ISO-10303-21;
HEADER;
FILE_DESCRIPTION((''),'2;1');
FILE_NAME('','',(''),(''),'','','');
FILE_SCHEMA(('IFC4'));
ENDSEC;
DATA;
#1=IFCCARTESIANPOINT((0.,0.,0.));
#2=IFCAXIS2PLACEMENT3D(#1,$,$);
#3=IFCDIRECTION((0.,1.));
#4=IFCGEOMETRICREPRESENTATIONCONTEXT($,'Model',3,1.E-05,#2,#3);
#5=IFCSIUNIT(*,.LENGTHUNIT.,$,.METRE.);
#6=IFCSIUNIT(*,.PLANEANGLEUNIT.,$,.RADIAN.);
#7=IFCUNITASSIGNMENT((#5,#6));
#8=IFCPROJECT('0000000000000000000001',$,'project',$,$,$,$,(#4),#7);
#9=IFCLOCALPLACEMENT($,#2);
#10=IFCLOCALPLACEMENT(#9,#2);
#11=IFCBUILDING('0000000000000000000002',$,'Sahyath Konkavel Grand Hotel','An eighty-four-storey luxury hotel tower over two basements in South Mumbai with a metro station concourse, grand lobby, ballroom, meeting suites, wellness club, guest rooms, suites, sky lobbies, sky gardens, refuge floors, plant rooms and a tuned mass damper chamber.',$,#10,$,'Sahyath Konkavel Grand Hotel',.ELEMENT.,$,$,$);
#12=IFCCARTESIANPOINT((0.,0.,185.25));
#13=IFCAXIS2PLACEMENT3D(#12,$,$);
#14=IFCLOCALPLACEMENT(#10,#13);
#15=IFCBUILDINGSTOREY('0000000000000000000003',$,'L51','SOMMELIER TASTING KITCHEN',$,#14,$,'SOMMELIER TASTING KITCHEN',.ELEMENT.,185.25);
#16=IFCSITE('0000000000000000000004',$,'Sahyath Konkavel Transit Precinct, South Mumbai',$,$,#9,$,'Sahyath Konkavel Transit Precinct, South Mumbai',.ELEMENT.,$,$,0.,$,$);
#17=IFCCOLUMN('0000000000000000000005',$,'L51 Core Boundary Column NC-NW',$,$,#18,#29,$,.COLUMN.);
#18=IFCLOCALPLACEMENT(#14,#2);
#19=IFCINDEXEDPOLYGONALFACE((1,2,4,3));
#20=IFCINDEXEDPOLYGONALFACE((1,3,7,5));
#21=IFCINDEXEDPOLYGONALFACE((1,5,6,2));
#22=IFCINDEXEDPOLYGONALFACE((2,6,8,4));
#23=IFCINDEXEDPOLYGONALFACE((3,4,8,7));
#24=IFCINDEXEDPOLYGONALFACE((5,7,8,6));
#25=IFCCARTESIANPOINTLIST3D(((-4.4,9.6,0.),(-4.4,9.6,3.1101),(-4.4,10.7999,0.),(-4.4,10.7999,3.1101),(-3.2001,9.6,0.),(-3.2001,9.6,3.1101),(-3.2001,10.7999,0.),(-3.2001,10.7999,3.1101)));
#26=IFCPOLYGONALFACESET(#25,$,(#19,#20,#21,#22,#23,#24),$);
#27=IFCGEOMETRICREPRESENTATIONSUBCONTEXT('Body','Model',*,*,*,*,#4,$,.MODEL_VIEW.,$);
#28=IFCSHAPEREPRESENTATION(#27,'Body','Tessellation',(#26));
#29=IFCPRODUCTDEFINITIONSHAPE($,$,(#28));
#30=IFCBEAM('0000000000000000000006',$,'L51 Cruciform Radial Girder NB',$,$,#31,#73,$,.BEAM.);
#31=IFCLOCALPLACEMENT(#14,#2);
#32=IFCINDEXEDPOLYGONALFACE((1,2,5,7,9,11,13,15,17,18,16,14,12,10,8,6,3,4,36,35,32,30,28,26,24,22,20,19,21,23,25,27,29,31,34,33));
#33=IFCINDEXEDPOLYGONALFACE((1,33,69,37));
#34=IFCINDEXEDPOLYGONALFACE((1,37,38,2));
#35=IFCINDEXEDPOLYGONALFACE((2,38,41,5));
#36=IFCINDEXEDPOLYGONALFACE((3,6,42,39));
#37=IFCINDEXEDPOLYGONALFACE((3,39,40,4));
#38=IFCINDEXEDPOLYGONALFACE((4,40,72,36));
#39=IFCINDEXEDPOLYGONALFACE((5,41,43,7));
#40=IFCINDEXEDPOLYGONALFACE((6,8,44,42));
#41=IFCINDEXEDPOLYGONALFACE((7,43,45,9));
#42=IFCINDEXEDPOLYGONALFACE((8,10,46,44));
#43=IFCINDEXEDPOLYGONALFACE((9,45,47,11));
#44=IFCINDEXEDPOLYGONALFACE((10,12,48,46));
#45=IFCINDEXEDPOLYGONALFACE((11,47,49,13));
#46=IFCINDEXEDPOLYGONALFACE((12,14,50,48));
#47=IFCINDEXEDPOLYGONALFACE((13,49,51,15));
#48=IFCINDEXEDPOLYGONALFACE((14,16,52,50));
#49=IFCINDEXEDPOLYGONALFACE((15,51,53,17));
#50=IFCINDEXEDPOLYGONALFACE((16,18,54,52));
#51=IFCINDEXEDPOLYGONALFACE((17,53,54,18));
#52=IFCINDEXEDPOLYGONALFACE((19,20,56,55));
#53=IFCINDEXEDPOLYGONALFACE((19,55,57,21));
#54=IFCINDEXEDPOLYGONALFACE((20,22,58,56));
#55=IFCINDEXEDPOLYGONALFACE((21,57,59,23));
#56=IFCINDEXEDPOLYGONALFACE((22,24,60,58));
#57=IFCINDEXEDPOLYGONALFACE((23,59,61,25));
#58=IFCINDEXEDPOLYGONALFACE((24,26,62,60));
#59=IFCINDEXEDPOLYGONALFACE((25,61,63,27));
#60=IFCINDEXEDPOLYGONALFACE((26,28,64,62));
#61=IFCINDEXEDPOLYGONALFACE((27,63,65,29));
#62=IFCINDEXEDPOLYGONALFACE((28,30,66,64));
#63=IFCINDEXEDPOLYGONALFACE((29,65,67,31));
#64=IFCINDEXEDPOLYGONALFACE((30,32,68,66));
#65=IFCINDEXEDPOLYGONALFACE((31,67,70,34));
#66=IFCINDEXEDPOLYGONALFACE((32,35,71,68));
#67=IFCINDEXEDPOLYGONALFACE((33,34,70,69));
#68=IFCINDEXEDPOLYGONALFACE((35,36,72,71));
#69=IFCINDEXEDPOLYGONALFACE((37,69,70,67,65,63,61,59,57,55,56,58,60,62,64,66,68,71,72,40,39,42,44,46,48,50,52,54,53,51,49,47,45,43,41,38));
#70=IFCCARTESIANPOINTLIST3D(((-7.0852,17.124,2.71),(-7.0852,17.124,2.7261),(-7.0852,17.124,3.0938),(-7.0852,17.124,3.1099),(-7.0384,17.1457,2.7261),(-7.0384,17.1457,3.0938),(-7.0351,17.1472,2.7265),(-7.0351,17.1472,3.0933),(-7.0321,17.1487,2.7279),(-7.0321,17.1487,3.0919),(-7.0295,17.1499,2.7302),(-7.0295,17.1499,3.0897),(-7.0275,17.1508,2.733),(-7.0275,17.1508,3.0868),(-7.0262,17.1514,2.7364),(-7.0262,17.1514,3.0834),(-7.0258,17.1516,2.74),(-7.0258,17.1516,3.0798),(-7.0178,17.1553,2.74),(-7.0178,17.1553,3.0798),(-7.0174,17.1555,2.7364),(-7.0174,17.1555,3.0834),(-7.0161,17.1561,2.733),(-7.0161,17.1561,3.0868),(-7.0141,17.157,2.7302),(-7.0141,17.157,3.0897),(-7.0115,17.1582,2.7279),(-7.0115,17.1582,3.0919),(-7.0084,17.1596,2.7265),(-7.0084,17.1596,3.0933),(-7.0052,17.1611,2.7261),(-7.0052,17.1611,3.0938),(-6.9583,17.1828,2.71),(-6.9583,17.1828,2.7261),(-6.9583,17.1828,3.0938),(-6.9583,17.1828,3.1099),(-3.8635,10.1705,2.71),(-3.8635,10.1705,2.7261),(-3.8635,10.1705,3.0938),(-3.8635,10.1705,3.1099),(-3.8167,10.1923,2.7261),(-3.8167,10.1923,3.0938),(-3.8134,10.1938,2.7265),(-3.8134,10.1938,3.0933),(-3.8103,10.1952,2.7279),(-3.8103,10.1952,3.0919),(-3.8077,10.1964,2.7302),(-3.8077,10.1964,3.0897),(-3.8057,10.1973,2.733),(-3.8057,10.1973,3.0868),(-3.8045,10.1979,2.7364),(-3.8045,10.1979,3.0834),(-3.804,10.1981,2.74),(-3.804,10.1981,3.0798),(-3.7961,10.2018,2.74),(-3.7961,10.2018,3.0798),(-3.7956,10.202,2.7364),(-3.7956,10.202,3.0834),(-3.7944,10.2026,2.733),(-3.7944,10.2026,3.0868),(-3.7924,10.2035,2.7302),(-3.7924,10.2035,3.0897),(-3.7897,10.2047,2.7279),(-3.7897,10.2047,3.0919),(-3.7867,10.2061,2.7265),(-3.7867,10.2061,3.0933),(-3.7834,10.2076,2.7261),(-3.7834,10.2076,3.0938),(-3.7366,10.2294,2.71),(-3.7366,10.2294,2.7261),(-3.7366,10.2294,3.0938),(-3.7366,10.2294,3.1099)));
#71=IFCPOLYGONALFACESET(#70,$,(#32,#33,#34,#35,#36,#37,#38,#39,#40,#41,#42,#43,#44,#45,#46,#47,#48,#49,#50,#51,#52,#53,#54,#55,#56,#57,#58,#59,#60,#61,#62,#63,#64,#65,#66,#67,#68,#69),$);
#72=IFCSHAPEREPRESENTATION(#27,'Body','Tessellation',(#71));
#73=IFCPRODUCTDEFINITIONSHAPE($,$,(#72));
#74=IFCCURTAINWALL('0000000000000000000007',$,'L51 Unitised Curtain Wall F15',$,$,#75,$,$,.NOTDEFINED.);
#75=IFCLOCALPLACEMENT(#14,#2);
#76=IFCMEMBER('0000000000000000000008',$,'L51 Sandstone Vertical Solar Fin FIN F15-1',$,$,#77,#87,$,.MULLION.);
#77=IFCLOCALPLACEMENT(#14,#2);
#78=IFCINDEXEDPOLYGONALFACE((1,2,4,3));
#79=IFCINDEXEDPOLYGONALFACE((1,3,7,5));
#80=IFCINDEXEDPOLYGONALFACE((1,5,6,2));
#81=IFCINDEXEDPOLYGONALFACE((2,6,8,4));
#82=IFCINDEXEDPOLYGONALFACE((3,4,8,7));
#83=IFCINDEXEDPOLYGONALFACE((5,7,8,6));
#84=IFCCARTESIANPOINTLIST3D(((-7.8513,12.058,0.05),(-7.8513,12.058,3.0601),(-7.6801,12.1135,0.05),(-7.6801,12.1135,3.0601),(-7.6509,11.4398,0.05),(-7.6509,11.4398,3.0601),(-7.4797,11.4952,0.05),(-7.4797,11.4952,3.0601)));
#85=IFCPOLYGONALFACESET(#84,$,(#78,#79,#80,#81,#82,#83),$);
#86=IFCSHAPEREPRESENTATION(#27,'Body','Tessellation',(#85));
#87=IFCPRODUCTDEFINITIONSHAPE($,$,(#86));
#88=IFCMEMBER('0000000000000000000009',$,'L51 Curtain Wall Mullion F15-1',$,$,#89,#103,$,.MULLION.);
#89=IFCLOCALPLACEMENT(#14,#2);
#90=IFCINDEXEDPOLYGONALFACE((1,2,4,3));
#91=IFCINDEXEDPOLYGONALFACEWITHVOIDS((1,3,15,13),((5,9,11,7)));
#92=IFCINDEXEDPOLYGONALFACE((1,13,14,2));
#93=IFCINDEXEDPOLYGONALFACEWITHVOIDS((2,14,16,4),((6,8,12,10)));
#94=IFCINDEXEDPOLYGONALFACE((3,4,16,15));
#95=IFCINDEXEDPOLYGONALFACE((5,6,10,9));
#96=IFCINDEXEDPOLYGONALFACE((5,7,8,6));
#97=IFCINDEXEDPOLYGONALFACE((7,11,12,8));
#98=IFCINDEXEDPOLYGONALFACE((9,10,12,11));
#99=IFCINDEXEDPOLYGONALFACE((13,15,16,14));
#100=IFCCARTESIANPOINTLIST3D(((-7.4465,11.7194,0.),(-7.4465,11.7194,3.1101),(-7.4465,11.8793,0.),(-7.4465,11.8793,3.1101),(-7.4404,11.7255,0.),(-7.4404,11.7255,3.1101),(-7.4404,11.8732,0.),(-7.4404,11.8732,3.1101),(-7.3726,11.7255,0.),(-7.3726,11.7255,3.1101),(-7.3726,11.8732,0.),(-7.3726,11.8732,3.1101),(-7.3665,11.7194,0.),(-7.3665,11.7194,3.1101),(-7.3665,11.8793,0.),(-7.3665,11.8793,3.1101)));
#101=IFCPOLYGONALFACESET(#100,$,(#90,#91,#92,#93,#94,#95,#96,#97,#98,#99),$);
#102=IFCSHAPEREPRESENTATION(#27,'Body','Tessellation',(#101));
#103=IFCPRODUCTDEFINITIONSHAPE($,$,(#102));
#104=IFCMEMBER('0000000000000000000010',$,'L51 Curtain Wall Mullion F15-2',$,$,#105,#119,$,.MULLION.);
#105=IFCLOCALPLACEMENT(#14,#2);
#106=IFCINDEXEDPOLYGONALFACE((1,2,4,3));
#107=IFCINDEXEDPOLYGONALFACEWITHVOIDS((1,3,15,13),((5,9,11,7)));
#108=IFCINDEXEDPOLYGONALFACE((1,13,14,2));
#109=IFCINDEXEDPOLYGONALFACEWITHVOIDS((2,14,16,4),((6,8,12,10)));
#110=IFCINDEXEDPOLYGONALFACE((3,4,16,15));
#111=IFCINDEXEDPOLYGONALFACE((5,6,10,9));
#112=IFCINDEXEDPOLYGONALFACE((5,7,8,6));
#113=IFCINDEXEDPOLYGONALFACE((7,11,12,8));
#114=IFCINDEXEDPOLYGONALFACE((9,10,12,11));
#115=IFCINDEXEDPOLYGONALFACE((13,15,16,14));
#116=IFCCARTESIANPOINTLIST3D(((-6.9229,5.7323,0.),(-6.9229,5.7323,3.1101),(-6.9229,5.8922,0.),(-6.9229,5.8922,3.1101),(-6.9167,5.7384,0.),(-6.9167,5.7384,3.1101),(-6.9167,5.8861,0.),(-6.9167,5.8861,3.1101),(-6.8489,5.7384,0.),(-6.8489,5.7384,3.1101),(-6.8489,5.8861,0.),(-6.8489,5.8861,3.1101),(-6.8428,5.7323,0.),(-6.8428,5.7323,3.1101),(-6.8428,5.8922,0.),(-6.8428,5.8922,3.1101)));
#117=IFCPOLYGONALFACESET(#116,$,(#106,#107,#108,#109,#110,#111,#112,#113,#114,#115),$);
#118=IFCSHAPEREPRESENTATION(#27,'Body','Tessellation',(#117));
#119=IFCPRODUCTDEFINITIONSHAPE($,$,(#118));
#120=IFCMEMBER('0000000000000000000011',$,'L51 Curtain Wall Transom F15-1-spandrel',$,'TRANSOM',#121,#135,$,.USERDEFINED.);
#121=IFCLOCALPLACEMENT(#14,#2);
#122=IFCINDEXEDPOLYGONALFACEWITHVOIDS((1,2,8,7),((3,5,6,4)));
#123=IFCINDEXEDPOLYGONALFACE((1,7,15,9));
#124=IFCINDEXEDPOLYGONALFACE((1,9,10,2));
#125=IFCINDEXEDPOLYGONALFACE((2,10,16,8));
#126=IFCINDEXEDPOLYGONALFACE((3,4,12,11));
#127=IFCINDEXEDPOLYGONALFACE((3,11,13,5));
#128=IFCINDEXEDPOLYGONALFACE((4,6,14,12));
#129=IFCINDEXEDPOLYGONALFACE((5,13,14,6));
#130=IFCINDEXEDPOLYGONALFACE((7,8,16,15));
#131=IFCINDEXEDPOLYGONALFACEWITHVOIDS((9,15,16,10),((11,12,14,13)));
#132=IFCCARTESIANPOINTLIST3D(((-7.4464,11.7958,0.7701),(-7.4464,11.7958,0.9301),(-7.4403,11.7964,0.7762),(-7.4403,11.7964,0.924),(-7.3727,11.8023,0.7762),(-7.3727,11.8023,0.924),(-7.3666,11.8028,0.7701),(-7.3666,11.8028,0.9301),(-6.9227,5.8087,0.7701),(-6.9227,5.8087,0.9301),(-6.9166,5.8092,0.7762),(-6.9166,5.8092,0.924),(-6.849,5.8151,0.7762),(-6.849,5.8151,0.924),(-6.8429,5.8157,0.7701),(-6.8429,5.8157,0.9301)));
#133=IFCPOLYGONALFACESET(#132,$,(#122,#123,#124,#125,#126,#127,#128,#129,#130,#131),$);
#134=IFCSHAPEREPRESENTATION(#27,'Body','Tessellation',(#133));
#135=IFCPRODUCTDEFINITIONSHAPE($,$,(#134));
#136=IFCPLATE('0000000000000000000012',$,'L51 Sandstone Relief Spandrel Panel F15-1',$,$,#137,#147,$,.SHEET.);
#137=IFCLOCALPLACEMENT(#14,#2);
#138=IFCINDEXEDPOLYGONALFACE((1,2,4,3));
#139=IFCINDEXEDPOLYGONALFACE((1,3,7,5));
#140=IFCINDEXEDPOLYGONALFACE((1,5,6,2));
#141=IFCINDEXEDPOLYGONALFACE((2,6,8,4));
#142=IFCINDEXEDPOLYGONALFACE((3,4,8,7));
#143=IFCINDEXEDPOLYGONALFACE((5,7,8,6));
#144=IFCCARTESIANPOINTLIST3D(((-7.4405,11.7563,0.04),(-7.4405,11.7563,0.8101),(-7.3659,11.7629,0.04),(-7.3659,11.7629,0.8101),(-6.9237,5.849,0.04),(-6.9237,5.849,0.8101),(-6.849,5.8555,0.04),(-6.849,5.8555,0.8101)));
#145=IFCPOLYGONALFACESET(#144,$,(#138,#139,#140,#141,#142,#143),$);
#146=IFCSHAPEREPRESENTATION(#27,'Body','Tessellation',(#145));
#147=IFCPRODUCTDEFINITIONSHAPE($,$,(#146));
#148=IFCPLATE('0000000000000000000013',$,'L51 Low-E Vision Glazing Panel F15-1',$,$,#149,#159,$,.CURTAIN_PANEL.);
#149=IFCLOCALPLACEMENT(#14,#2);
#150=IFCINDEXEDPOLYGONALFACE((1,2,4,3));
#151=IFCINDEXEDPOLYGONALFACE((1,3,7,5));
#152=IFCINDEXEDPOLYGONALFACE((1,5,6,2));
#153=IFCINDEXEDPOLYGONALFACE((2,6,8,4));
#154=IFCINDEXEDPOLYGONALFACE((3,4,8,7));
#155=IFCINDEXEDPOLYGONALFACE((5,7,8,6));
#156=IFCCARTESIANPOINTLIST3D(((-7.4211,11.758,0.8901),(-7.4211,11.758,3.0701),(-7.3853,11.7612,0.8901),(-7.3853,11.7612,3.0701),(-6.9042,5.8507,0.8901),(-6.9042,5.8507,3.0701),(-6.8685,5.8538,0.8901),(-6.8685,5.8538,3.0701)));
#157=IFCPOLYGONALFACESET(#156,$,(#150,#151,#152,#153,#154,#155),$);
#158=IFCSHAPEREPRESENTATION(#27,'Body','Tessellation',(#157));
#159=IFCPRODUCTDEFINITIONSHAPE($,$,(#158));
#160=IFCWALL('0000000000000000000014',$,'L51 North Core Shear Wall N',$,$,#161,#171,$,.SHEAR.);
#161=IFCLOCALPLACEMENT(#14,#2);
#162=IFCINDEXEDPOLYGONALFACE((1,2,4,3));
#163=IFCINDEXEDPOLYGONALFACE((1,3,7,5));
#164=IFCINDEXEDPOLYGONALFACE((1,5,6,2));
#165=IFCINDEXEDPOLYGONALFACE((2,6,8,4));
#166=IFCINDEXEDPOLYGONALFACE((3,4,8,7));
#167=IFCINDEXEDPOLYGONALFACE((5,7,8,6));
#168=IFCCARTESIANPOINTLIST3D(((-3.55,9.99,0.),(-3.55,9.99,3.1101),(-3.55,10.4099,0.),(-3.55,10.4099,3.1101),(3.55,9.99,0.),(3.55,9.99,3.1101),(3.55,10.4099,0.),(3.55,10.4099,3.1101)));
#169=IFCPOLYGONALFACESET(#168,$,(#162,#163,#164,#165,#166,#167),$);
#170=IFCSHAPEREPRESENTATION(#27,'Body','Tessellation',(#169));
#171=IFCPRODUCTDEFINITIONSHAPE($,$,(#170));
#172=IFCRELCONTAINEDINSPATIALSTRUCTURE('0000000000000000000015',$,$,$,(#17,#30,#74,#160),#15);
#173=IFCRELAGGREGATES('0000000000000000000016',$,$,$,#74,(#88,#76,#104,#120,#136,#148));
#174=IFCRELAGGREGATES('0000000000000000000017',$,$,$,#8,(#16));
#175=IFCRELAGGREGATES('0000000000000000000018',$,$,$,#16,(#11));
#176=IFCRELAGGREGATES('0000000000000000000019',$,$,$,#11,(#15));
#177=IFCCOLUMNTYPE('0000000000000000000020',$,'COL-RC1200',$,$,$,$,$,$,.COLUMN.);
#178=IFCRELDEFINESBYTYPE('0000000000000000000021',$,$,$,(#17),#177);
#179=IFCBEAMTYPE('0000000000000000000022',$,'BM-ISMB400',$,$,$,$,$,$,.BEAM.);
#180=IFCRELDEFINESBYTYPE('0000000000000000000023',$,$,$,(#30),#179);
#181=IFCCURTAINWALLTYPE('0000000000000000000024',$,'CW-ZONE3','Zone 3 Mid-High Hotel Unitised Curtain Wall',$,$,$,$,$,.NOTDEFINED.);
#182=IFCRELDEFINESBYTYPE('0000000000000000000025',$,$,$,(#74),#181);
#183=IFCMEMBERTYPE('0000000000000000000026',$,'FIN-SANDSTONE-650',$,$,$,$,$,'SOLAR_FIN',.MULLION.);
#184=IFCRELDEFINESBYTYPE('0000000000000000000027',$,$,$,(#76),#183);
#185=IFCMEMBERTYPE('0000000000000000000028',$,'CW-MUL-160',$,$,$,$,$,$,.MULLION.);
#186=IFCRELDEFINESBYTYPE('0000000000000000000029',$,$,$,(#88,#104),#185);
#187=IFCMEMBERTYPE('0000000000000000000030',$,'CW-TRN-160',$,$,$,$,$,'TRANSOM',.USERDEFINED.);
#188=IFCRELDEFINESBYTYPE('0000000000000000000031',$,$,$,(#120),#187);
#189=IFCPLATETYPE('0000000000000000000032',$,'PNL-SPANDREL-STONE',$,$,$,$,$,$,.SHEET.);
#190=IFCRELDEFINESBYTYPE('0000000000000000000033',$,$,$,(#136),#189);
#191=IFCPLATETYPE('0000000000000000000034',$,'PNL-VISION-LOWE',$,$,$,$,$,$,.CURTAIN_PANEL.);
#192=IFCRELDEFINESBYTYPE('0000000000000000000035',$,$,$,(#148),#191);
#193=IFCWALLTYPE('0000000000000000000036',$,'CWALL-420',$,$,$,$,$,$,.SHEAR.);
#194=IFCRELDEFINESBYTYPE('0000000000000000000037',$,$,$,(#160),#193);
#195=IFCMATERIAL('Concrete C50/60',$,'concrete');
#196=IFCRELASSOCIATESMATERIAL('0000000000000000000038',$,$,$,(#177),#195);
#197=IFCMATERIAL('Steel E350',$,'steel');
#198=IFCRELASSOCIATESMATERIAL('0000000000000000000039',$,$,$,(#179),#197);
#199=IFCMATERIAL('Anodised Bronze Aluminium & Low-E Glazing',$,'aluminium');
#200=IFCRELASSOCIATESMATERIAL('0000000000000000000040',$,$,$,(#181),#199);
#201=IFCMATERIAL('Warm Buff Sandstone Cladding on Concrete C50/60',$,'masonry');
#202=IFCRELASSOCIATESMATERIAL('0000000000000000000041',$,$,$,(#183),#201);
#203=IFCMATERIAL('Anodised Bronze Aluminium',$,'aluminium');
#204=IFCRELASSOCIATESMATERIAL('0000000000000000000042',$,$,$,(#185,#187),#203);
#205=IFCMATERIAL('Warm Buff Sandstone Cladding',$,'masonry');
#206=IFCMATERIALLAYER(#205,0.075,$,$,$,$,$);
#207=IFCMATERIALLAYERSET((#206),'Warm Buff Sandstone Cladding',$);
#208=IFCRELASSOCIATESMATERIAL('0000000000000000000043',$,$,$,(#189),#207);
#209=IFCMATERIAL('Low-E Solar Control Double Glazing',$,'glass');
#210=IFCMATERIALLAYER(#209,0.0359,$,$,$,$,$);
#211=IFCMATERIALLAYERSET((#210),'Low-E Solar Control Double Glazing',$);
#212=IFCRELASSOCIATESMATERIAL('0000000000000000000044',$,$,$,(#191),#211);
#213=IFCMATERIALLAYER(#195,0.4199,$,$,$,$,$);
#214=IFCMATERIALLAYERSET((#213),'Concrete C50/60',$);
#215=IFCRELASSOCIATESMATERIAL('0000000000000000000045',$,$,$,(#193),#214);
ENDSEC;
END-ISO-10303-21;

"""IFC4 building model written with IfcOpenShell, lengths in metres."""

from ifc_helpers import new_model, si_unit, direction, frame, frame_2d, origin, origin_2d, place, context, subcontext, project, spatial, rectangle, hollow_rectangle, i_section, extrude, source, transform, mapped, material, layer, layer_set, material_profile, profile_set, type_object, element, aggregate, save


model = new_model("IFC4")

# Units and contexts
model_context = context("Model", 3, precision=1e-05, world=origin(), true_north=direction((0.0, 1.0)))
body_context = subcontext(model_context, "Body", "Model", "MODEL_VIEW")
ifc_project = project(units=[si_unit("LENGTHUNIT", "METRE"), si_unit("PLANEANGLEUNIT", "RADIAN")], contexts=[model_context])

# Site, building, storey
site_placement = place(None, origin())
site = spatial("IfcSite", under=ifc_project, at=site_placement, Name="Sahyath Konkavel Transit Precinct, South Mumbai", LongName="Sahyath Konkavel Transit Precinct, South Mumbai", CompositionType="ELEMENT", RefElevation=0.0)
building_placement = place(site_placement, origin())
building = spatial("IfcBuilding", under=site, at=building_placement, Name="Sahyath Konkavel Grand Hotel", Description="An eighty-four-storey luxury hotel tower over two basements in South Mumbai with a metro station concourse, grand lobby, ballroom, meeting suites, wellness club, guest rooms, suites, sky lobbies, sky gardens, refuge floors, plant rooms and a tuned mass damper chamber.", LongName="Sahyath Konkavel Grand Hotel", CompositionType="ELEMENT")
storey_placement = place(building_placement, frame((0.0, 0.0, 185.25)))
storey = spatial("IfcBuildingStorey", under=building, at=storey_placement, Name="L51", Description="SOMMELIER TASTING KITCHEN", LongName="SOMMELIER TASTING KITCHEN", CompositionType="ELEMENT", Elevation=185.25)

# Column
ifc_material_1 = material(Name="Concrete C50/60", Category="concrete")
ifc_material_profile_1 = material_profile(ifc_material_1, rectangle(XDim=1.2, YDim=1.2, at=origin_2d()), Name="RC 1200x1200")
ifc_profile_set_1 = profile_set([ifc_material_profile_1], Name="Concrete C50/60")
column_type = type_object("IfcColumnType", Name="COL-RC1200", PredefinedType="COLUMN", material=ifc_profile_set_1)
shared_shape_1 = source(origin(), body_context, "Body", "SweptSolid", [
    extrude(rectangle(XDim=1.2, YDim=1.2, at=origin_2d()), origin(), (0.0, 0.0, 1.0), 3.1101),
])
column_placement = place(storey_placement, frame((-3.8, 10.2, 0.0), z_axis=(0.0, 0.0, 1.0), x_axis=(1.0, 0.0, 0.0)))
element("IfcColumn", 1, at=column_placement, inside=storey, type_object=column_type, Name="L51 Core Boundary Column NC-NW", PredefinedType="COLUMN", context=body_context, shape_type="MappedRepresentation", body=[
    mapped(shared_shape_1, transform((0.0, 0.0, 0.0), scale=1.0)),
])

# Beam
ifc_material_2 = material(Name="Steel E350", Category="steel")
ifc_material_profile_2 = material_profile(ifc_material_2, i_section(OverallWidth=0.1399, OverallDepth=0.3999, WebThickness=0.0088, FlangeThickness=0.0161, FilletRadius=0.0139, at=origin_2d()), Name="ISMB 400")
ifc_profile_set_2 = profile_set([ifc_material_profile_2], Name="Steel E350")
beam_type = type_object("IfcBeamType", Name="BM-ISMB400", PredefinedType="BEAM", material=ifc_profile_set_2)
shared_shape_2 = source(origin(), body_context, "Body", "SweptSolid", [
    extrude(i_section(OverallWidth=0.1399, OverallDepth=0.3999, WebThickness=0.0088, FlangeThickness=0.0161, FilletRadius=0.0139, at=origin_2d()), origin(), (0.0, 0.0, 1.0), 7.6636),
])
beam_placement = place(storey_placement, frame((-3.8, 10.2, 2.9099), z_axis=(-0.420395, 0.907341, 0.0), x_axis=(-0.907341, -0.420395, 0.0)))
element("IfcBeam", 2, at=beam_placement, inside=storey, type_object=beam_type, Name="L51 Cruciform Radial Girder NB", PredefinedType="BEAM", context=body_context, shape_type="MappedRepresentation", body=[
    mapped(shared_shape_2, transform((0.0, 0.0, 0.0), scale=1.0)),
])

# Curtain wall, members, plates
ifc_material_3 = material(Name="Anodised Bronze Aluminium & Low-E Glazing", Category="aluminium")
curtain_wall_type = type_object("IfcCurtainWallType", Name="CW-ZONE3", Description="Zone 3 Mid-High Hotel Unitised Curtain Wall", PredefinedType="NOTDEFINED", material=ifc_material_3)
curtain_wall_placement = place(storey_placement, origin())
curtain_wall = element("IfcCurtainWall", 3, at=curtain_wall_placement, inside=storey, type_object=curtain_wall_type, Name="L51 Unitised Curtain Wall F15", PredefinedType="NOTDEFINED")
ifc_material_4 = material(Name="Warm Buff Sandstone Cladding on Concrete C50/60", Category="masonry")
ifc_material_profile_3 = material_profile(ifc_material_4, rectangle(XDim=0.1799, YDim=0.6499, at=origin_2d()), Name="FIN 180x650")
ifc_profile_set_3 = profile_set([ifc_material_profile_3], Name="Warm Buff Sandstone Cladding on Concrete C50/60")
member_type_1 = type_object("IfcMemberType", Name="FIN-SANDSTONE-650", ElementType="SOLAR_FIN", PredefinedType="MULLION", material=ifc_profile_set_3)
shared_shape_3 = source(origin(), body_context, "Body", "SweptSolid", [
    extrude(rectangle(XDim=0.1799, YDim=0.6499, at=origin_2d()), origin(), (0.0, 0.0, 1.0), 3.01),
])
member_1_placement = place(storey_placement, frame((-7.6655, 11.7766, 0.05), z_axis=(0.0, 0.0, 1.0), x_axis=(0.951272, 0.308353, 0.0)))
member_1 = element("IfcMember", 4, at=member_1_placement, type_object=member_type_1, Name="L51 Sandstone Vertical Solar Fin FIN F15-1", PredefinedType="MULLION", context=body_context, shape_type="MappedRepresentation", body=[
    mapped(shared_shape_3, transform((0.0, 0.0, 0.0), scale=1.0)),
])
ifc_material_5 = material(Name="Anodised Bronze Aluminium", Category="aluminium")
ifc_material_profile_4 = material_profile(ifc_material_5, hollow_rectangle(XDim=0.0801, YDim=0.1599, WallThickness=0.0061, at=origin_2d()), Name="RHS 160x80x6")
ifc_profile_set_4 = profile_set([ifc_material_profile_4], Name="Anodised Bronze Aluminium")
member_type_2 = type_object("IfcMemberType", Name="CW-MUL-160", PredefinedType="MULLION", material=ifc_profile_set_4)
shared_shape_4 = source(origin(), body_context, "Body", "SweptSolid", [
    extrude(hollow_rectangle(XDim=0.0801, YDim=0.1599, WallThickness=0.0061, at=origin_2d()), origin(), (0.0, 0.0, 1.0), 3.1101),
])
member_2_placement = place(storey_placement, frame((-7.4065, 11.7993, 0.0), z_axis=(0.0, 0.0, 1.0), x_axis=(1.0, 0.0, 0.0)))
member_2 = element("IfcMember", 5, at=member_2_placement, type_object=member_type_2, Name="L51 Curtain Wall Mullion F15-1", PredefinedType="MULLION", context=body_context, shape_type="MappedRepresentation", body=[
    mapped(shared_shape_4, transform((0.0, 0.0, 0.0), scale=1.0)),
])
member_3_placement = place(storey_placement, frame((-6.8828, 5.8123, 0.0), z_axis=(0.0, 0.0, 1.0), x_axis=(1.0, 0.0, 0.0)))
member_3 = element("IfcMember", 6, at=member_3_placement, type_object=member_type_2, Name="L51 Curtain Wall Mullion F15-2", PredefinedType="MULLION", context=body_context, shape_type="MappedRepresentation", body=[
    mapped(shared_shape_4, transform((0.0, 0.0, 0.0), scale=1.0)),
])
ifc_material_profile_5 = material_profile(ifc_material_5, hollow_rectangle(XDim=0.0801, YDim=0.1599, WallThickness=0.0061, at=origin_2d()), Name="RHS 160x80x6")
ifc_profile_set_5 = profile_set([ifc_material_profile_5], Name="Anodised Bronze Aluminium")
member_type_3 = type_object("IfcMemberType", Name="CW-TRN-160", ElementType="TRANSOM", PredefinedType="USERDEFINED", material=ifc_profile_set_5)
shared_shape_5 = source(origin(), body_context, "Body", "SweptSolid", [
    extrude(hollow_rectangle(XDim=0.0801, YDim=0.1599, WallThickness=0.0061, at=origin_2d()), origin(), (0.0, 0.0, 1.0), 6.01),
])
member_4_placement = place(storey_placement, frame((-7.4065, 11.7993, 0.8501), z_axis=(0.087136, -0.996196, 0.0), x_axis=(0.996196, 0.087136, 0.0)))
member_4 = element("IfcMember", 7, at=member_4_placement, type_object=member_type_3, Name="L51 Curtain Wall Transom F15-1-spandrel", ObjectType="TRANSOM", PredefinedType="USERDEFINED", context=body_context, shape_type="MappedRepresentation", body=[
    mapped(shared_shape_5, transform((0.0, 0.0, 0.0), scale=1.0)),
])
ifc_material_6 = material(Name="Warm Buff Sandstone Cladding", Category="masonry")
ifc_layer_1 = layer(ifc_material_6, 0.075)
ifc_layer_set_1 = layer_set([ifc_layer_1], Name="Warm Buff Sandstone Cladding")
plate_type_1 = type_object("IfcPlateType", Name="PNL-SPANDREL-STONE", PredefinedType="SHEET", material=ifc_layer_set_1)
shared_shape_6 = source(origin(), body_context, "Body", "SweptSolid", [
    extrude(rectangle(XDim=5.9299, YDim=0.075, at=origin_2d()), origin(), (0.0, 0.0, 1.0), 0.77),
])
plate_1_placement = place(storey_placement, frame((-7.1448, 8.8059, 0.04), z_axis=(0.0, 0.0, 1.0), x_axis=(0.087156, -0.996195, 0.0)))
plate_1 = element("IfcPlate", 8, at=plate_1_placement, type_object=plate_type_1, Name="L51 Sandstone Relief Spandrel Panel F15-1", PredefinedType="SHEET", context=body_context, shape_type="MappedRepresentation", body=[
    mapped(shared_shape_6, transform((0.0, 0.0, 0.0), scale=1.0)),
])
ifc_material_7 = material(Name="Low-E Solar Control Double Glazing", Category="glass")
ifc_layer_2 = layer(ifc_material_7, 0.0359)
ifc_layer_set_2 = layer_set([ifc_layer_2], Name="Low-E Solar Control Double Glazing")
plate_type_2 = type_object("IfcPlateType", Name="PNL-VISION-LOWE", PredefinedType="CURTAIN_PANEL", material=ifc_layer_set_2)
shared_shape_7 = source(origin(), body_context, "Body", "SweptSolid", [
    extrude(rectangle(XDim=5.9299, YDim=0.0359, at=origin_2d()), origin(), (0.0, 0.0, 1.0), 2.1799),
])
plate_2_placement = place(storey_placement, frame((-7.1448, 8.8059, 0.8901), z_axis=(0.0, 0.0, 1.0), x_axis=(0.087156, -0.996195, 0.0)))
plate_2 = element("IfcPlate", 9, at=plate_2_placement, type_object=plate_type_2, Name="L51 Low-E Vision Glazing Panel F15-1", PredefinedType="CURTAIN_PANEL", context=body_context, shape_type="MappedRepresentation", body=[
    mapped(shared_shape_7, transform((0.0, 0.0, 0.0), scale=1.0)),
])
aggregate(curtain_wall, [member_2, member_1, member_3, member_4, plate_1, plate_2])

# Wall
ifc_layer_3 = layer(ifc_material_1, 0.4199)
ifc_layer_set_3 = layer_set([ifc_layer_3], Name="Concrete C50/60")
wall_type_1 = type_object("IfcWallType", Name="CWALL-420", PredefinedType="SHEAR", material=ifc_layer_set_3)
wall_1_placement = place(storey_placement, frame((-3.55, 10.2, 0.0), z_axis=(0.0, 0.0, 1.0), x_axis=(1.0, 0.0, 0.0)))
element("IfcWall", 10, at=wall_1_placement, inside=storey, type_object=wall_type_1, Name="L51 North Core Shear Wall N", PredefinedType="SHEAR", context=body_context, shape_type="SweptSolid", body=[
    extrude(rectangle(XDim=7.1001, YDim=0.4199, at=frame_2d((3.55, 0.0))), origin(), (0.0, 0.0, 1.0), 3.1101),
])

save(model, "model.ifc")
